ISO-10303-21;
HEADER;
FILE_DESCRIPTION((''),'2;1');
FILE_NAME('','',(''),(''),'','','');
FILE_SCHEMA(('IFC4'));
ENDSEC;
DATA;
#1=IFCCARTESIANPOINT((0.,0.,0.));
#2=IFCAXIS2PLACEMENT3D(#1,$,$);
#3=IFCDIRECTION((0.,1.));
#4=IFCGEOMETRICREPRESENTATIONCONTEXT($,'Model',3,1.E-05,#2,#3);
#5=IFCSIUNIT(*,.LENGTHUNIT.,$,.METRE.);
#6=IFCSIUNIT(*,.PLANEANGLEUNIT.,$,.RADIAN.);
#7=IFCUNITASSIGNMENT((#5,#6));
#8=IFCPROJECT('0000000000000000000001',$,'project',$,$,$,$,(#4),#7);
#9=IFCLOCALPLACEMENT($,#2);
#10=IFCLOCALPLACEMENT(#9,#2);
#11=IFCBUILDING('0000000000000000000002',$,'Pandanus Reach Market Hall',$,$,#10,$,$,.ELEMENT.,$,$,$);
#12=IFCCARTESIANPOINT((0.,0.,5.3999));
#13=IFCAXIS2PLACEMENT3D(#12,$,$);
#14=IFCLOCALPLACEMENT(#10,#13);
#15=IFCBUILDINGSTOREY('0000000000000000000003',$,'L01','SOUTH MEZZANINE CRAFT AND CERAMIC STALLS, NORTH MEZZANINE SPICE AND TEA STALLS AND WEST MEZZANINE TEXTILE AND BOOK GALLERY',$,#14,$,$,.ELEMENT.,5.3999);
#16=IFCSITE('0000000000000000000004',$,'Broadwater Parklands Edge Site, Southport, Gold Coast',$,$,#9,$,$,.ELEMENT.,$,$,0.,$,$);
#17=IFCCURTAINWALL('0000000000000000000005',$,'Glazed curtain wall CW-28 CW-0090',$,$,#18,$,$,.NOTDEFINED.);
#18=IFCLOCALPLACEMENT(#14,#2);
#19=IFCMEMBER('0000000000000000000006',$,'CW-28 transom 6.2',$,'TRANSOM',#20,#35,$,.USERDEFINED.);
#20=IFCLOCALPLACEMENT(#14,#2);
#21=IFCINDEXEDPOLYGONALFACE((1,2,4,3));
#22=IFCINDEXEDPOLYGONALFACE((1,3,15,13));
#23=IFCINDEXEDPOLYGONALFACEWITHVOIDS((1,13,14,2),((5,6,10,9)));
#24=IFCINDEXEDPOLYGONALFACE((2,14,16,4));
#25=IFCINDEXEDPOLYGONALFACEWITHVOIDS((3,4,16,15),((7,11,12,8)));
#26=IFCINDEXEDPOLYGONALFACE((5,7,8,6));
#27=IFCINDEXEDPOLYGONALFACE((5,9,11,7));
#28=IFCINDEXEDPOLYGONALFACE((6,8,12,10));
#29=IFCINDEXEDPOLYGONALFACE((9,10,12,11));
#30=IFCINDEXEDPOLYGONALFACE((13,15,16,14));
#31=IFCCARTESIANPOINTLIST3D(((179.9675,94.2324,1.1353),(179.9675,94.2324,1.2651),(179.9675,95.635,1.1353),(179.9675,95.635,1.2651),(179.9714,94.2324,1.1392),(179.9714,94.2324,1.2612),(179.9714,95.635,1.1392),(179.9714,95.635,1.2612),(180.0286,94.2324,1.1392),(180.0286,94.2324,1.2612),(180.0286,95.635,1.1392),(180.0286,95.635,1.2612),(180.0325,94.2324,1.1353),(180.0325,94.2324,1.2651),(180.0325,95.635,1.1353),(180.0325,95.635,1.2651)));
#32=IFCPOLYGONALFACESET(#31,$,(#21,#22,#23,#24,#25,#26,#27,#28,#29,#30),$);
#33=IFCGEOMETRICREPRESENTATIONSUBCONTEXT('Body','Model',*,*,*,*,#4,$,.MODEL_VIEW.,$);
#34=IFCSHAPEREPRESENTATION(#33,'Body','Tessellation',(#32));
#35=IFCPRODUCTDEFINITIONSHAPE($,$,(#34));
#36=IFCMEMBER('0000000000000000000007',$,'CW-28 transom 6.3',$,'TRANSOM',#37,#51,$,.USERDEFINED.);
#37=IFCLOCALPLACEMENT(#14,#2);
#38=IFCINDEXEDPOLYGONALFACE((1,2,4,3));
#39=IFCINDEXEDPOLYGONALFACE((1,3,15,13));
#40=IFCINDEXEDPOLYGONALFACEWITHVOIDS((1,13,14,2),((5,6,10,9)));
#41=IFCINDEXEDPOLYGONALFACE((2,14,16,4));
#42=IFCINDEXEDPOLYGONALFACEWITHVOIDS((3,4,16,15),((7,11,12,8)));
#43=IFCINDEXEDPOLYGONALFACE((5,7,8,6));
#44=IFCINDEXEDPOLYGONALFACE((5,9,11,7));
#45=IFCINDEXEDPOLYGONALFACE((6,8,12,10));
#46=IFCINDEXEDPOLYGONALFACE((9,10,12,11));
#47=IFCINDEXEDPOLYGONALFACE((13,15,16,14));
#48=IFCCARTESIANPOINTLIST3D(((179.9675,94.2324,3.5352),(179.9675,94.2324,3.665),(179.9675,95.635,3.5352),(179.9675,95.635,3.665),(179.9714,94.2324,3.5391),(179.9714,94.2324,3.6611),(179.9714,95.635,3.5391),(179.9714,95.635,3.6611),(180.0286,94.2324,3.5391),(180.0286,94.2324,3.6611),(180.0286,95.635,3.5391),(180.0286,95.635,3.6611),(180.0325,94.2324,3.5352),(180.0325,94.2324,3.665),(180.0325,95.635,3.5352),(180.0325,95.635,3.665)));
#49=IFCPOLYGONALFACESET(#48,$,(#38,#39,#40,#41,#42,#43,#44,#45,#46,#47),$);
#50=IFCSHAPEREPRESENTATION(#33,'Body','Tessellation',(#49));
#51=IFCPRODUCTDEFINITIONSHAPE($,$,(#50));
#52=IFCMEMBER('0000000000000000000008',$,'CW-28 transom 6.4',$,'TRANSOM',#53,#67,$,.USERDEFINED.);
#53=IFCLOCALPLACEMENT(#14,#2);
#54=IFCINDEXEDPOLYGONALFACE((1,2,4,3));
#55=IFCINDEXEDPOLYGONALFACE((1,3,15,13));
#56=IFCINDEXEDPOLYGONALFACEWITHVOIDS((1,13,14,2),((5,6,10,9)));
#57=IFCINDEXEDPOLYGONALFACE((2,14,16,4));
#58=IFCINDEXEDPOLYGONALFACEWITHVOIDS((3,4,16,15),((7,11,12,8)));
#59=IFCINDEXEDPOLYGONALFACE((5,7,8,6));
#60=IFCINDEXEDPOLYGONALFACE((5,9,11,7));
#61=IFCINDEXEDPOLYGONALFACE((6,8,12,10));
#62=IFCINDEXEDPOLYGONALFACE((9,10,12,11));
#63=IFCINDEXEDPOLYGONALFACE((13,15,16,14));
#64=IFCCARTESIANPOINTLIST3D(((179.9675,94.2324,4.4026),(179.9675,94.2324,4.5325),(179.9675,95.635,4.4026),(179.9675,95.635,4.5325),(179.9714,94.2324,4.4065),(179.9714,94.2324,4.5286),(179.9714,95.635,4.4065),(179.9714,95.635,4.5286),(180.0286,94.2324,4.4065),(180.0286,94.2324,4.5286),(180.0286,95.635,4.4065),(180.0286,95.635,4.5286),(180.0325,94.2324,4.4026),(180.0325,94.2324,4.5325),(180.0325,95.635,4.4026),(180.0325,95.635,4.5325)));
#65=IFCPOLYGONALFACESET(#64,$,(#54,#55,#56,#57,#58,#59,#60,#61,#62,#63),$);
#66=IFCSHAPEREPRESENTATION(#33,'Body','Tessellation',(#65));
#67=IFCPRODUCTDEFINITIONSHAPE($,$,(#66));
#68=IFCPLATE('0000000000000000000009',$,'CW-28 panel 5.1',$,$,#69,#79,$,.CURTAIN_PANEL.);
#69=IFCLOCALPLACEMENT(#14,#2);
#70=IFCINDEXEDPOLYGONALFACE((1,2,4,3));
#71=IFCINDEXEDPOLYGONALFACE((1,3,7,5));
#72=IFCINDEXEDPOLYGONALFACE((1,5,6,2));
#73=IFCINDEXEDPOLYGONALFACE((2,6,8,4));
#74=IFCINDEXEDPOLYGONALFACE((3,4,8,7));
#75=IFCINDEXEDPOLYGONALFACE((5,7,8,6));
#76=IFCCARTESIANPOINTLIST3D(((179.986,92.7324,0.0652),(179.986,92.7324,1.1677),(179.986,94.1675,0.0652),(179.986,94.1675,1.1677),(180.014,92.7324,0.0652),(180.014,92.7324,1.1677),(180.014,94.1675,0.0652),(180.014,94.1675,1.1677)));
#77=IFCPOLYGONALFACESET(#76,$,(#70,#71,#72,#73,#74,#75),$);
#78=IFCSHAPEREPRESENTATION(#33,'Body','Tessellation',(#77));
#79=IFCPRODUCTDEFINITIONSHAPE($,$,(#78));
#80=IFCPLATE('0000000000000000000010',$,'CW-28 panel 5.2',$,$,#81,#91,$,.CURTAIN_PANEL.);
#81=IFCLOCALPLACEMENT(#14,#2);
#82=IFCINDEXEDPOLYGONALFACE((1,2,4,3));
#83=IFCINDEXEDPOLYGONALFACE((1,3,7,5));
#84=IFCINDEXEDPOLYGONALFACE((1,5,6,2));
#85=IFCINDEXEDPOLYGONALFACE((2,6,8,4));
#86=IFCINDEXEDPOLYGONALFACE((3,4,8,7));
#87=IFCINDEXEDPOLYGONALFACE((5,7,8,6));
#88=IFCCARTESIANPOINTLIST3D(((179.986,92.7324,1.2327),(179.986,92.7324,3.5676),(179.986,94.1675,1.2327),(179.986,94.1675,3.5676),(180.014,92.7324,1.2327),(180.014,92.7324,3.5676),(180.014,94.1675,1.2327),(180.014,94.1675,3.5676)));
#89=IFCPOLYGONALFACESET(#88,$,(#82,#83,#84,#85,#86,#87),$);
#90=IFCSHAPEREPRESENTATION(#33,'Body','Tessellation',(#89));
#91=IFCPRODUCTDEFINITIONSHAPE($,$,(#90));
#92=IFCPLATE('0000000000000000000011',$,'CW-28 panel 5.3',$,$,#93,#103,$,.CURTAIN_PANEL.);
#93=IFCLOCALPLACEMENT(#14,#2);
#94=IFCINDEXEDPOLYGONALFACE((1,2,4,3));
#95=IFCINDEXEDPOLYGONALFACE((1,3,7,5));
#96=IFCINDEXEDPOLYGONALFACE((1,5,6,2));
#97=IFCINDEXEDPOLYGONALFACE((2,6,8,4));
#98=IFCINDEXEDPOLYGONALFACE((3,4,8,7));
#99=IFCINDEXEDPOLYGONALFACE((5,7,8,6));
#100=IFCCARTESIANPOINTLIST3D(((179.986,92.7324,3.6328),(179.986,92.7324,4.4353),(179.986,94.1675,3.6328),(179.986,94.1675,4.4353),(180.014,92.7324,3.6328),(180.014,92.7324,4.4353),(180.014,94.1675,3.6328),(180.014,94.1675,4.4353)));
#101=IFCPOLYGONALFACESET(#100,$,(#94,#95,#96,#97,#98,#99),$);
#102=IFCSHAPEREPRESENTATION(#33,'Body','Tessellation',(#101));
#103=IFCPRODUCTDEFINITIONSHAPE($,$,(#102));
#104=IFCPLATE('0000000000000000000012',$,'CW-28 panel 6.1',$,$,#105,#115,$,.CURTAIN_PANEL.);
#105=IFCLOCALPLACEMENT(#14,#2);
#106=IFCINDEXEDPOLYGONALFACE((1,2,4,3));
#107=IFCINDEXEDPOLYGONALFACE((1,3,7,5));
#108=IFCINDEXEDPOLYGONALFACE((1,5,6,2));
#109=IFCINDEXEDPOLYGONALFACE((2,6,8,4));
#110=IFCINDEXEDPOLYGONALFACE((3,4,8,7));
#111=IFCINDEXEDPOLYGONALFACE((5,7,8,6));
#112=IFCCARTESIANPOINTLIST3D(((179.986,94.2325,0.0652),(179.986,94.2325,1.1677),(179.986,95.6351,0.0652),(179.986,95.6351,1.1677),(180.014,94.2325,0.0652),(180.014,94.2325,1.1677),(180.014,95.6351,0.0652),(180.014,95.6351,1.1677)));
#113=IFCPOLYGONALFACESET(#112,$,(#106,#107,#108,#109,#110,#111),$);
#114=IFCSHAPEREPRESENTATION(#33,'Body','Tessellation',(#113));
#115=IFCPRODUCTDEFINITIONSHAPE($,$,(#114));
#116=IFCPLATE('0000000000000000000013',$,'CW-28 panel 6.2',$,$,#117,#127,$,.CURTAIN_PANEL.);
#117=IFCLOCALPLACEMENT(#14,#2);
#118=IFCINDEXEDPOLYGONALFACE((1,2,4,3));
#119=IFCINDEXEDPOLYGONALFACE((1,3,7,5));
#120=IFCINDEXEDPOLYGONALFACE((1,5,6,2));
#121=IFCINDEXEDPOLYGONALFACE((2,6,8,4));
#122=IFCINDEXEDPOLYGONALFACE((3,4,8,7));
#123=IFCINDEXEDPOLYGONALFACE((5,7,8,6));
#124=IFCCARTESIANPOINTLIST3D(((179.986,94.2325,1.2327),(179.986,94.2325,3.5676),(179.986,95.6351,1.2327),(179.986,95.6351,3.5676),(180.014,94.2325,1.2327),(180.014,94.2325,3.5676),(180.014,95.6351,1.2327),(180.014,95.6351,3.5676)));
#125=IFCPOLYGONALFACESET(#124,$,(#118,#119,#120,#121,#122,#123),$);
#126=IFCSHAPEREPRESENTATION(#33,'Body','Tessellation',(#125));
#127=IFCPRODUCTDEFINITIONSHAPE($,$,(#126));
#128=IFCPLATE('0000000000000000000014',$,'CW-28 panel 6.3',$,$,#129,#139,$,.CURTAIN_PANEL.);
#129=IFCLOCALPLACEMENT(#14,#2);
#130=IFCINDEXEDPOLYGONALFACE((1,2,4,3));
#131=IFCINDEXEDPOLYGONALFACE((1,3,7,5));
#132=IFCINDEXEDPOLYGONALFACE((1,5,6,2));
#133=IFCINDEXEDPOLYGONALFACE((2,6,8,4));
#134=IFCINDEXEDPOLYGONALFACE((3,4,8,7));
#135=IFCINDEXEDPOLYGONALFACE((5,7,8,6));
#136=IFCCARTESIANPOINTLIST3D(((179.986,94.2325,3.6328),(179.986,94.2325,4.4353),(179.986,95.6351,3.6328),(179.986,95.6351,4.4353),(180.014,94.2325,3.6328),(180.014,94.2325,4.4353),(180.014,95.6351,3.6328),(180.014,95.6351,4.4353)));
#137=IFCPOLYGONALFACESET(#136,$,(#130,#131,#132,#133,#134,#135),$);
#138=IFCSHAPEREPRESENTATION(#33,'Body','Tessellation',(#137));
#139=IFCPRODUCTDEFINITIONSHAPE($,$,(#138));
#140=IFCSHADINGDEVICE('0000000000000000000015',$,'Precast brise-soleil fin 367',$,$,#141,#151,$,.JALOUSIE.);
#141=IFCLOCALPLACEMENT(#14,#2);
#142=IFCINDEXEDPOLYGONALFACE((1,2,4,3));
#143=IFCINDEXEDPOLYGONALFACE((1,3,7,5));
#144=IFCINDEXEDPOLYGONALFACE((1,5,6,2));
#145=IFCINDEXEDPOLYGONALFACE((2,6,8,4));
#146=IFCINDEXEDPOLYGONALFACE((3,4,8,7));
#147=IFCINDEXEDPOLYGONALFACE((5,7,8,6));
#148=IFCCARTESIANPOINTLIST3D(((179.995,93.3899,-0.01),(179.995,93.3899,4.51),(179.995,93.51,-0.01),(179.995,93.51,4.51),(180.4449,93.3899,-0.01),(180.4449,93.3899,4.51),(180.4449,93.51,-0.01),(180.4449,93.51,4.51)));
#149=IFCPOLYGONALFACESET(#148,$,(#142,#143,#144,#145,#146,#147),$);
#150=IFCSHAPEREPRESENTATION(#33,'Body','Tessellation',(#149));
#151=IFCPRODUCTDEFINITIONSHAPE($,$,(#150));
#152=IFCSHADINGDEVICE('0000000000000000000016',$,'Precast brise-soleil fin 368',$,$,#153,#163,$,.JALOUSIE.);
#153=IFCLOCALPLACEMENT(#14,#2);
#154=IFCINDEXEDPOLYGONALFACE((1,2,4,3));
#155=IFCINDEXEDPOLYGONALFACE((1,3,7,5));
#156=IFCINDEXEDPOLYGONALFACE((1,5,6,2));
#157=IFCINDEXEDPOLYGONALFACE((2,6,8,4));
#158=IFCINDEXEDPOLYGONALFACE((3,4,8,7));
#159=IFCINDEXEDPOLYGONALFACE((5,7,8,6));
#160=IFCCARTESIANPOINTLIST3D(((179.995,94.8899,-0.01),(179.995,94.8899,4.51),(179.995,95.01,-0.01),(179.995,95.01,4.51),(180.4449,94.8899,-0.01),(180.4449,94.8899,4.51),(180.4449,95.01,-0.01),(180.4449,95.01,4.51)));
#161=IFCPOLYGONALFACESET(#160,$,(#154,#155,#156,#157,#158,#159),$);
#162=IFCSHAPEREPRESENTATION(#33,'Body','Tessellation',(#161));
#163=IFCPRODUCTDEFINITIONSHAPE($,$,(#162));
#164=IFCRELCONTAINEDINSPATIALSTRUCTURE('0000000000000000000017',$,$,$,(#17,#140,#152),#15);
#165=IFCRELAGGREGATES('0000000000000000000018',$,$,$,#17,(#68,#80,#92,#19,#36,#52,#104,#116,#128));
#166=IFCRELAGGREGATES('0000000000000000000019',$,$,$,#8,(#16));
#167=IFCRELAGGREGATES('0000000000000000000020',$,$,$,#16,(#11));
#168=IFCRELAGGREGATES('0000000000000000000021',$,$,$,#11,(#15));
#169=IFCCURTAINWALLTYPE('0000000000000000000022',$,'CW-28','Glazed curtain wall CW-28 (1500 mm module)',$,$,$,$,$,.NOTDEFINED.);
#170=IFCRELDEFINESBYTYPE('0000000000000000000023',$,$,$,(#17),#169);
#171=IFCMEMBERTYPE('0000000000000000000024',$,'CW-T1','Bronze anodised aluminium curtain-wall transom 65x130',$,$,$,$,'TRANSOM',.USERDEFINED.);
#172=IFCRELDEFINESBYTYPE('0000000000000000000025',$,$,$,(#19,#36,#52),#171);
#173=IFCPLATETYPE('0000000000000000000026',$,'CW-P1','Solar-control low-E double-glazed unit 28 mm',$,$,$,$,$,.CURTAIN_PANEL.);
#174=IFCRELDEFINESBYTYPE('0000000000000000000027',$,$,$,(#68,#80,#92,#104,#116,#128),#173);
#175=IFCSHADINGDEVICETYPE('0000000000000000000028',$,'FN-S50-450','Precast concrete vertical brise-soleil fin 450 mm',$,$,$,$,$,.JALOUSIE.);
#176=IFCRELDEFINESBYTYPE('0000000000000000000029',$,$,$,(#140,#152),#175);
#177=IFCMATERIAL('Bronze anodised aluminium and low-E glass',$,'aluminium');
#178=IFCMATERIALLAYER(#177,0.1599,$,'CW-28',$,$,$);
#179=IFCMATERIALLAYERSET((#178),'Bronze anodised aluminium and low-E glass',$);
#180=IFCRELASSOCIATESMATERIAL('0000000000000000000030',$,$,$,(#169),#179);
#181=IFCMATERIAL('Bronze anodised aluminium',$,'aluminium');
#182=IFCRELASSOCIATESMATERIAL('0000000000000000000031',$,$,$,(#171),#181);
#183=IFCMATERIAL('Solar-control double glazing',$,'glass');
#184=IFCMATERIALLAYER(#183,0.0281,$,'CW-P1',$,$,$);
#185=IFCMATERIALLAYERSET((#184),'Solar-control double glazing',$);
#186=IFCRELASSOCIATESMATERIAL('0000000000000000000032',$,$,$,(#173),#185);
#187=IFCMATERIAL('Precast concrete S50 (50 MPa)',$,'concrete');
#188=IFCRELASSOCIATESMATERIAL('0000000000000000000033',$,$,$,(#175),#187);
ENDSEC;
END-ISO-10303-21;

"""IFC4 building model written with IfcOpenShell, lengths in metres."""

from ifc_helpers import new_model, si_unit, direction, frame, origin, origin_2d, place, context, subcontext, project, spatial, rectangle, hollow_rectangle, extrude, material, layer, layer_set, material_profile, profile_set, type_object, element, aggregate, save


model = new_model("IFC4")

# Units and contexts
model_context = context("Model", 3, precision=1e-05, world=origin(), true_north=direction((0.0, 1.0)))
body_context = subcontext(model_context, "Body", "Model", "MODEL_VIEW")
ifc_project = project(units=[si_unit("LENGTHUNIT", "METRE"), si_unit("PLANEANGLEUNIT", "RADIAN")], contexts=[model_context])

# Site, building, storey
site_placement = place(None, origin())
site = spatial("IfcSite", under=ifc_project, at=site_placement, Name="Broadwater Parklands Edge Site, Southport, Gold Coast", CompositionType="ELEMENT", RefElevation=0.0)
building_placement = place(site_placement, origin())
building = spatial("IfcBuilding", under=site, at=building_placement, Name="Pandanus Reach Market Hall", CompositionType="ELEMENT")
storey_placement = place(building_placement, frame((0.0, 0.0, 5.3999)))
storey = spatial("IfcBuildingStorey", under=building, at=storey_placement, Name="L01", Description="SOUTH MEZZANINE CRAFT AND CERAMIC STALLS, NORTH MEZZANINE SPICE AND TEA STALLS AND WEST MEZZANINE TEXTILE AND BOOK GALLERY", CompositionType="ELEMENT", Elevation=5.3999)

# Curtain wall, members, plates
ifc_material_1 = material(Name="Bronze anodised aluminium and low-E glass", Category="aluminium")
ifc_layer_1 = layer(ifc_material_1, 0.1599, Name="CW-28")
ifc_layer_set_1 = layer_set([ifc_layer_1], Name="Bronze anodised aluminium and low-E glass")
curtain_wall_type = type_object("IfcCurtainWallType", Name="CW-28", Description="Glazed curtain wall CW-28 (1500 mm module)", PredefinedType="NOTDEFINED", material=ifc_layer_set_1)
curtain_wall_placement = place(storey_placement, origin())
curtain_wall = element("IfcCurtainWall", 1, at=curtain_wall_placement, inside=storey, type_object=curtain_wall_type, Name="Glazed curtain wall CW-28 CW-0090", PredefinedType="NOTDEFINED")
ifc_material_2 = material(Name="Bronze anodised aluminium", Category="aluminium")
ifc_material_profile_1 = material_profile(ifc_material_2, hollow_rectangle(XDim=0.0649, YDim=0.1299, WallThickness=0.0039, at=origin_2d()), Name="ALU65x130", Category="LoadBearing")
ifc_profile_set_1 = profile_set([ifc_material_profile_1], Name="Bronze anodised aluminium")
member_type_1 = type_object("IfcMemberType", Name="CW-T1", Description="Bronze anodised aluminium curtain-wall transom 65x130", ElementType="TRANSOM", PredefinedType="USERDEFINED", material=ifc_profile_set_1)
member_1_placement = place(storey_placement, frame((180.0, 94.2324, 1.2002), z_axis=(0.0, 1.0, 0.0), x_axis=(-1.0, 0.0, 0.0)))
member_1 = element("IfcMember", 2, at=member_1_placement, type_object=member_type_1, Name="CW-28 transom 6.2", ObjectType="TRANSOM", PredefinedType="USERDEFINED", context=body_context, shape_type="SweptSolid", body=[
    extrude(hollow_rectangle(XDim=0.0649, YDim=0.1299, WallThickness=0.0039, at=origin_2d()), origin(), (0.0, 0.0, 1.0), 1.4026),
])
member_2_placement = place(storey_placement, frame((180.0, 94.2324, 3.6001), z_axis=(0.0, 1.0, 0.0), x_axis=(-1.0, 0.0, 0.0)))
member_2 = element("IfcMember", 3, at=member_2_placement, type_object=member_type_1, Name="CW-28 transom 6.3", ObjectType="TRANSOM", PredefinedType="USERDEFINED", context=body_context, shape_type="SweptSolid", body=[
    extrude(hollow_rectangle(XDim=0.0649, YDim=0.1299, WallThickness=0.0039, at=origin_2d()), origin(), (0.0, 0.0, 1.0), 1.4026),
])
member_3_placement = place(storey_placement, frame((180.0, 94.2324, 4.4675), z_axis=(0.0, 1.0, 0.0), x_axis=(-1.0, 0.0, 0.0)))
member_3 = element("IfcMember", 4, at=member_3_placement, type_object=member_type_1, Name="CW-28 transom 6.4", ObjectType="TRANSOM", PredefinedType="USERDEFINED", context=body_context, shape_type="SweptSolid", body=[
    extrude(hollow_rectangle(XDim=0.0649, YDim=0.1299, WallThickness=0.0039, at=origin_2d()), origin(), (0.0, 0.0, 1.0), 1.4026),
])
ifc_material_3 = material(Name="Solar-control double glazing", Category="glass")
ifc_layer_2 = layer(ifc_material_3, 0.0281, Name="CW-P1")
ifc_layer_set_2 = layer_set([ifc_layer_2], Name="Solar-control double glazing")
plate_type = type_object("IfcPlateType", Name="CW-P1", Description="Solar-control low-E double-glazed unit 28 mm", PredefinedType="CURTAIN_PANEL", material=ifc_layer_set_2)
plate_1_placement = place(storey_placement, frame((180.0, 93.45, 0.0652), z_axis=(0.0, 0.0, 1.0), x_axis=(0.0, 1.0, 0.0)))
plate_1 = element("IfcPlate", 5, at=plate_1_placement, type_object=plate_type, Name="CW-28 panel 5.1", PredefinedType="CURTAIN_PANEL", context=body_context, shape_type="SweptSolid", body=[
    extrude(rectangle(XDim=1.4351, YDim=0.0281, at=origin_2d()), origin(), (0.0, 0.0, 1.0), 1.1025),
])
plate_2_placement = place(storey_placement, frame((180.0, 93.45, 1.2327), z_axis=(0.0, 0.0, 1.0), x_axis=(0.0, 1.0, 0.0)))
plate_2 = element("IfcPlate", 6, at=plate_2_placement, type_object=plate_type, Name="CW-28 panel 5.2", PredefinedType="CURTAIN_PANEL", context=body_context, shape_type="SweptSolid", body=[
    extrude(rectangle(XDim=1.4351, YDim=0.0281, at=origin_2d()), origin(), (0.0, 0.0, 1.0), 2.335),
])
plate_3_placement = place(storey_placement, frame((180.0, 93.45, 3.6328), z_axis=(0.0, 0.0, 1.0), x_axis=(0.0, 1.0, 0.0)))
plate_3 = element("IfcPlate", 7, at=plate_3_placement, type_object=plate_type, Name="CW-28 panel 5.3", PredefinedType="CURTAIN_PANEL", context=body_context, shape_type="SweptSolid", body=[
    extrude(rectangle(XDim=1.4351, YDim=0.0281, at=origin_2d()), origin(), (0.0, 0.0, 1.0), 0.8025),
])
plate_4_placement = place(storey_placement, frame((180.0, 94.9338, 0.0652), z_axis=(0.0, 0.0, 1.0), x_axis=(0.0, 1.0, 0.0)))
plate_4 = element("IfcPlate", 8, at=plate_4_placement, type_object=plate_type, Name="CW-28 panel 6.1", PredefinedType="CURTAIN_PANEL", context=body_context, shape_type="SweptSolid", body=[
    extrude(rectangle(XDim=1.4026, YDim=0.0281, at=origin_2d()), origin(), (0.0, 0.0, 1.0), 1.1025),
])
plate_5_placement = place(storey_placement, frame((180.0, 94.9338, 1.2327), z_axis=(0.0, 0.0, 1.0), x_axis=(0.0, 1.0, 0.0)))
plate_5 = element("IfcPlate", 9, at=plate_5_placement, type_object=plate_type, Name="CW-28 panel 6.2", PredefinedType="CURTAIN_PANEL", context=body_context, shape_type="SweptSolid", body=[
    extrude(rectangle(XDim=1.4026, YDim=0.0281, at=origin_2d()), origin(), (0.0, 0.0, 1.0), 2.335),
])
plate_6_placement = place(storey_placement, frame((180.0, 94.9338, 3.6328), z_axis=(0.0, 0.0, 1.0), x_axis=(0.0, 1.0, 0.0)))
plate_6 = element("IfcPlate", 10, at=plate_6_placement, type_object=plate_type, Name="CW-28 panel 6.3", PredefinedType="CURTAIN_PANEL", context=body_context, shape_type="SweptSolid", body=[
    extrude(rectangle(XDim=1.4026, YDim=0.0281, at=origin_2d()), origin(), (0.0, 0.0, 1.0), 0.8025),
])
aggregate(curtain_wall, [plate_1, plate_2, plate_3, member_1, member_2, member_3, plate_4, plate_5, plate_6])

# Shading devices
ifc_material_4 = material(Name="Precast concrete S50 (50 MPa)", Category="concrete")
shading_device_type = type_object("IfcShadingDeviceType", Name="FN-S50-450", Description="Precast concrete vertical brise-soleil fin 450 mm", PredefinedType="JALOUSIE", material=ifc_material_4)
for number, where, z_axis, x_axis, name in (
    (11, (180.22, 93.45, -0.01), (0.0, 0.0, 1.0), (1.0, 0.0, 0.0), "Precast brise-soleil fin 367"),
    (12, (180.22, 94.95, -0.01), (0.0, 0.0, 1.0), (1.0, 0.0, 0.0), "Precast brise-soleil fin 368"),
):
    element("IfcShadingDevice", number, at=place(storey_placement, frame(where, z_axis=z_axis, x_axis=x_axis)), inside=storey, type_object=shading_device_type, Name=name, PredefinedType="JALOUSIE", context=body_context, shape_type="SweptSolid", body=[
        extrude(rectangle(XDim=0.45, YDim=0.1201, at=origin_2d()), origin(), (0.0, 0.0, 1.0), 4.52),
    ])

save(model, "model.ifc")
